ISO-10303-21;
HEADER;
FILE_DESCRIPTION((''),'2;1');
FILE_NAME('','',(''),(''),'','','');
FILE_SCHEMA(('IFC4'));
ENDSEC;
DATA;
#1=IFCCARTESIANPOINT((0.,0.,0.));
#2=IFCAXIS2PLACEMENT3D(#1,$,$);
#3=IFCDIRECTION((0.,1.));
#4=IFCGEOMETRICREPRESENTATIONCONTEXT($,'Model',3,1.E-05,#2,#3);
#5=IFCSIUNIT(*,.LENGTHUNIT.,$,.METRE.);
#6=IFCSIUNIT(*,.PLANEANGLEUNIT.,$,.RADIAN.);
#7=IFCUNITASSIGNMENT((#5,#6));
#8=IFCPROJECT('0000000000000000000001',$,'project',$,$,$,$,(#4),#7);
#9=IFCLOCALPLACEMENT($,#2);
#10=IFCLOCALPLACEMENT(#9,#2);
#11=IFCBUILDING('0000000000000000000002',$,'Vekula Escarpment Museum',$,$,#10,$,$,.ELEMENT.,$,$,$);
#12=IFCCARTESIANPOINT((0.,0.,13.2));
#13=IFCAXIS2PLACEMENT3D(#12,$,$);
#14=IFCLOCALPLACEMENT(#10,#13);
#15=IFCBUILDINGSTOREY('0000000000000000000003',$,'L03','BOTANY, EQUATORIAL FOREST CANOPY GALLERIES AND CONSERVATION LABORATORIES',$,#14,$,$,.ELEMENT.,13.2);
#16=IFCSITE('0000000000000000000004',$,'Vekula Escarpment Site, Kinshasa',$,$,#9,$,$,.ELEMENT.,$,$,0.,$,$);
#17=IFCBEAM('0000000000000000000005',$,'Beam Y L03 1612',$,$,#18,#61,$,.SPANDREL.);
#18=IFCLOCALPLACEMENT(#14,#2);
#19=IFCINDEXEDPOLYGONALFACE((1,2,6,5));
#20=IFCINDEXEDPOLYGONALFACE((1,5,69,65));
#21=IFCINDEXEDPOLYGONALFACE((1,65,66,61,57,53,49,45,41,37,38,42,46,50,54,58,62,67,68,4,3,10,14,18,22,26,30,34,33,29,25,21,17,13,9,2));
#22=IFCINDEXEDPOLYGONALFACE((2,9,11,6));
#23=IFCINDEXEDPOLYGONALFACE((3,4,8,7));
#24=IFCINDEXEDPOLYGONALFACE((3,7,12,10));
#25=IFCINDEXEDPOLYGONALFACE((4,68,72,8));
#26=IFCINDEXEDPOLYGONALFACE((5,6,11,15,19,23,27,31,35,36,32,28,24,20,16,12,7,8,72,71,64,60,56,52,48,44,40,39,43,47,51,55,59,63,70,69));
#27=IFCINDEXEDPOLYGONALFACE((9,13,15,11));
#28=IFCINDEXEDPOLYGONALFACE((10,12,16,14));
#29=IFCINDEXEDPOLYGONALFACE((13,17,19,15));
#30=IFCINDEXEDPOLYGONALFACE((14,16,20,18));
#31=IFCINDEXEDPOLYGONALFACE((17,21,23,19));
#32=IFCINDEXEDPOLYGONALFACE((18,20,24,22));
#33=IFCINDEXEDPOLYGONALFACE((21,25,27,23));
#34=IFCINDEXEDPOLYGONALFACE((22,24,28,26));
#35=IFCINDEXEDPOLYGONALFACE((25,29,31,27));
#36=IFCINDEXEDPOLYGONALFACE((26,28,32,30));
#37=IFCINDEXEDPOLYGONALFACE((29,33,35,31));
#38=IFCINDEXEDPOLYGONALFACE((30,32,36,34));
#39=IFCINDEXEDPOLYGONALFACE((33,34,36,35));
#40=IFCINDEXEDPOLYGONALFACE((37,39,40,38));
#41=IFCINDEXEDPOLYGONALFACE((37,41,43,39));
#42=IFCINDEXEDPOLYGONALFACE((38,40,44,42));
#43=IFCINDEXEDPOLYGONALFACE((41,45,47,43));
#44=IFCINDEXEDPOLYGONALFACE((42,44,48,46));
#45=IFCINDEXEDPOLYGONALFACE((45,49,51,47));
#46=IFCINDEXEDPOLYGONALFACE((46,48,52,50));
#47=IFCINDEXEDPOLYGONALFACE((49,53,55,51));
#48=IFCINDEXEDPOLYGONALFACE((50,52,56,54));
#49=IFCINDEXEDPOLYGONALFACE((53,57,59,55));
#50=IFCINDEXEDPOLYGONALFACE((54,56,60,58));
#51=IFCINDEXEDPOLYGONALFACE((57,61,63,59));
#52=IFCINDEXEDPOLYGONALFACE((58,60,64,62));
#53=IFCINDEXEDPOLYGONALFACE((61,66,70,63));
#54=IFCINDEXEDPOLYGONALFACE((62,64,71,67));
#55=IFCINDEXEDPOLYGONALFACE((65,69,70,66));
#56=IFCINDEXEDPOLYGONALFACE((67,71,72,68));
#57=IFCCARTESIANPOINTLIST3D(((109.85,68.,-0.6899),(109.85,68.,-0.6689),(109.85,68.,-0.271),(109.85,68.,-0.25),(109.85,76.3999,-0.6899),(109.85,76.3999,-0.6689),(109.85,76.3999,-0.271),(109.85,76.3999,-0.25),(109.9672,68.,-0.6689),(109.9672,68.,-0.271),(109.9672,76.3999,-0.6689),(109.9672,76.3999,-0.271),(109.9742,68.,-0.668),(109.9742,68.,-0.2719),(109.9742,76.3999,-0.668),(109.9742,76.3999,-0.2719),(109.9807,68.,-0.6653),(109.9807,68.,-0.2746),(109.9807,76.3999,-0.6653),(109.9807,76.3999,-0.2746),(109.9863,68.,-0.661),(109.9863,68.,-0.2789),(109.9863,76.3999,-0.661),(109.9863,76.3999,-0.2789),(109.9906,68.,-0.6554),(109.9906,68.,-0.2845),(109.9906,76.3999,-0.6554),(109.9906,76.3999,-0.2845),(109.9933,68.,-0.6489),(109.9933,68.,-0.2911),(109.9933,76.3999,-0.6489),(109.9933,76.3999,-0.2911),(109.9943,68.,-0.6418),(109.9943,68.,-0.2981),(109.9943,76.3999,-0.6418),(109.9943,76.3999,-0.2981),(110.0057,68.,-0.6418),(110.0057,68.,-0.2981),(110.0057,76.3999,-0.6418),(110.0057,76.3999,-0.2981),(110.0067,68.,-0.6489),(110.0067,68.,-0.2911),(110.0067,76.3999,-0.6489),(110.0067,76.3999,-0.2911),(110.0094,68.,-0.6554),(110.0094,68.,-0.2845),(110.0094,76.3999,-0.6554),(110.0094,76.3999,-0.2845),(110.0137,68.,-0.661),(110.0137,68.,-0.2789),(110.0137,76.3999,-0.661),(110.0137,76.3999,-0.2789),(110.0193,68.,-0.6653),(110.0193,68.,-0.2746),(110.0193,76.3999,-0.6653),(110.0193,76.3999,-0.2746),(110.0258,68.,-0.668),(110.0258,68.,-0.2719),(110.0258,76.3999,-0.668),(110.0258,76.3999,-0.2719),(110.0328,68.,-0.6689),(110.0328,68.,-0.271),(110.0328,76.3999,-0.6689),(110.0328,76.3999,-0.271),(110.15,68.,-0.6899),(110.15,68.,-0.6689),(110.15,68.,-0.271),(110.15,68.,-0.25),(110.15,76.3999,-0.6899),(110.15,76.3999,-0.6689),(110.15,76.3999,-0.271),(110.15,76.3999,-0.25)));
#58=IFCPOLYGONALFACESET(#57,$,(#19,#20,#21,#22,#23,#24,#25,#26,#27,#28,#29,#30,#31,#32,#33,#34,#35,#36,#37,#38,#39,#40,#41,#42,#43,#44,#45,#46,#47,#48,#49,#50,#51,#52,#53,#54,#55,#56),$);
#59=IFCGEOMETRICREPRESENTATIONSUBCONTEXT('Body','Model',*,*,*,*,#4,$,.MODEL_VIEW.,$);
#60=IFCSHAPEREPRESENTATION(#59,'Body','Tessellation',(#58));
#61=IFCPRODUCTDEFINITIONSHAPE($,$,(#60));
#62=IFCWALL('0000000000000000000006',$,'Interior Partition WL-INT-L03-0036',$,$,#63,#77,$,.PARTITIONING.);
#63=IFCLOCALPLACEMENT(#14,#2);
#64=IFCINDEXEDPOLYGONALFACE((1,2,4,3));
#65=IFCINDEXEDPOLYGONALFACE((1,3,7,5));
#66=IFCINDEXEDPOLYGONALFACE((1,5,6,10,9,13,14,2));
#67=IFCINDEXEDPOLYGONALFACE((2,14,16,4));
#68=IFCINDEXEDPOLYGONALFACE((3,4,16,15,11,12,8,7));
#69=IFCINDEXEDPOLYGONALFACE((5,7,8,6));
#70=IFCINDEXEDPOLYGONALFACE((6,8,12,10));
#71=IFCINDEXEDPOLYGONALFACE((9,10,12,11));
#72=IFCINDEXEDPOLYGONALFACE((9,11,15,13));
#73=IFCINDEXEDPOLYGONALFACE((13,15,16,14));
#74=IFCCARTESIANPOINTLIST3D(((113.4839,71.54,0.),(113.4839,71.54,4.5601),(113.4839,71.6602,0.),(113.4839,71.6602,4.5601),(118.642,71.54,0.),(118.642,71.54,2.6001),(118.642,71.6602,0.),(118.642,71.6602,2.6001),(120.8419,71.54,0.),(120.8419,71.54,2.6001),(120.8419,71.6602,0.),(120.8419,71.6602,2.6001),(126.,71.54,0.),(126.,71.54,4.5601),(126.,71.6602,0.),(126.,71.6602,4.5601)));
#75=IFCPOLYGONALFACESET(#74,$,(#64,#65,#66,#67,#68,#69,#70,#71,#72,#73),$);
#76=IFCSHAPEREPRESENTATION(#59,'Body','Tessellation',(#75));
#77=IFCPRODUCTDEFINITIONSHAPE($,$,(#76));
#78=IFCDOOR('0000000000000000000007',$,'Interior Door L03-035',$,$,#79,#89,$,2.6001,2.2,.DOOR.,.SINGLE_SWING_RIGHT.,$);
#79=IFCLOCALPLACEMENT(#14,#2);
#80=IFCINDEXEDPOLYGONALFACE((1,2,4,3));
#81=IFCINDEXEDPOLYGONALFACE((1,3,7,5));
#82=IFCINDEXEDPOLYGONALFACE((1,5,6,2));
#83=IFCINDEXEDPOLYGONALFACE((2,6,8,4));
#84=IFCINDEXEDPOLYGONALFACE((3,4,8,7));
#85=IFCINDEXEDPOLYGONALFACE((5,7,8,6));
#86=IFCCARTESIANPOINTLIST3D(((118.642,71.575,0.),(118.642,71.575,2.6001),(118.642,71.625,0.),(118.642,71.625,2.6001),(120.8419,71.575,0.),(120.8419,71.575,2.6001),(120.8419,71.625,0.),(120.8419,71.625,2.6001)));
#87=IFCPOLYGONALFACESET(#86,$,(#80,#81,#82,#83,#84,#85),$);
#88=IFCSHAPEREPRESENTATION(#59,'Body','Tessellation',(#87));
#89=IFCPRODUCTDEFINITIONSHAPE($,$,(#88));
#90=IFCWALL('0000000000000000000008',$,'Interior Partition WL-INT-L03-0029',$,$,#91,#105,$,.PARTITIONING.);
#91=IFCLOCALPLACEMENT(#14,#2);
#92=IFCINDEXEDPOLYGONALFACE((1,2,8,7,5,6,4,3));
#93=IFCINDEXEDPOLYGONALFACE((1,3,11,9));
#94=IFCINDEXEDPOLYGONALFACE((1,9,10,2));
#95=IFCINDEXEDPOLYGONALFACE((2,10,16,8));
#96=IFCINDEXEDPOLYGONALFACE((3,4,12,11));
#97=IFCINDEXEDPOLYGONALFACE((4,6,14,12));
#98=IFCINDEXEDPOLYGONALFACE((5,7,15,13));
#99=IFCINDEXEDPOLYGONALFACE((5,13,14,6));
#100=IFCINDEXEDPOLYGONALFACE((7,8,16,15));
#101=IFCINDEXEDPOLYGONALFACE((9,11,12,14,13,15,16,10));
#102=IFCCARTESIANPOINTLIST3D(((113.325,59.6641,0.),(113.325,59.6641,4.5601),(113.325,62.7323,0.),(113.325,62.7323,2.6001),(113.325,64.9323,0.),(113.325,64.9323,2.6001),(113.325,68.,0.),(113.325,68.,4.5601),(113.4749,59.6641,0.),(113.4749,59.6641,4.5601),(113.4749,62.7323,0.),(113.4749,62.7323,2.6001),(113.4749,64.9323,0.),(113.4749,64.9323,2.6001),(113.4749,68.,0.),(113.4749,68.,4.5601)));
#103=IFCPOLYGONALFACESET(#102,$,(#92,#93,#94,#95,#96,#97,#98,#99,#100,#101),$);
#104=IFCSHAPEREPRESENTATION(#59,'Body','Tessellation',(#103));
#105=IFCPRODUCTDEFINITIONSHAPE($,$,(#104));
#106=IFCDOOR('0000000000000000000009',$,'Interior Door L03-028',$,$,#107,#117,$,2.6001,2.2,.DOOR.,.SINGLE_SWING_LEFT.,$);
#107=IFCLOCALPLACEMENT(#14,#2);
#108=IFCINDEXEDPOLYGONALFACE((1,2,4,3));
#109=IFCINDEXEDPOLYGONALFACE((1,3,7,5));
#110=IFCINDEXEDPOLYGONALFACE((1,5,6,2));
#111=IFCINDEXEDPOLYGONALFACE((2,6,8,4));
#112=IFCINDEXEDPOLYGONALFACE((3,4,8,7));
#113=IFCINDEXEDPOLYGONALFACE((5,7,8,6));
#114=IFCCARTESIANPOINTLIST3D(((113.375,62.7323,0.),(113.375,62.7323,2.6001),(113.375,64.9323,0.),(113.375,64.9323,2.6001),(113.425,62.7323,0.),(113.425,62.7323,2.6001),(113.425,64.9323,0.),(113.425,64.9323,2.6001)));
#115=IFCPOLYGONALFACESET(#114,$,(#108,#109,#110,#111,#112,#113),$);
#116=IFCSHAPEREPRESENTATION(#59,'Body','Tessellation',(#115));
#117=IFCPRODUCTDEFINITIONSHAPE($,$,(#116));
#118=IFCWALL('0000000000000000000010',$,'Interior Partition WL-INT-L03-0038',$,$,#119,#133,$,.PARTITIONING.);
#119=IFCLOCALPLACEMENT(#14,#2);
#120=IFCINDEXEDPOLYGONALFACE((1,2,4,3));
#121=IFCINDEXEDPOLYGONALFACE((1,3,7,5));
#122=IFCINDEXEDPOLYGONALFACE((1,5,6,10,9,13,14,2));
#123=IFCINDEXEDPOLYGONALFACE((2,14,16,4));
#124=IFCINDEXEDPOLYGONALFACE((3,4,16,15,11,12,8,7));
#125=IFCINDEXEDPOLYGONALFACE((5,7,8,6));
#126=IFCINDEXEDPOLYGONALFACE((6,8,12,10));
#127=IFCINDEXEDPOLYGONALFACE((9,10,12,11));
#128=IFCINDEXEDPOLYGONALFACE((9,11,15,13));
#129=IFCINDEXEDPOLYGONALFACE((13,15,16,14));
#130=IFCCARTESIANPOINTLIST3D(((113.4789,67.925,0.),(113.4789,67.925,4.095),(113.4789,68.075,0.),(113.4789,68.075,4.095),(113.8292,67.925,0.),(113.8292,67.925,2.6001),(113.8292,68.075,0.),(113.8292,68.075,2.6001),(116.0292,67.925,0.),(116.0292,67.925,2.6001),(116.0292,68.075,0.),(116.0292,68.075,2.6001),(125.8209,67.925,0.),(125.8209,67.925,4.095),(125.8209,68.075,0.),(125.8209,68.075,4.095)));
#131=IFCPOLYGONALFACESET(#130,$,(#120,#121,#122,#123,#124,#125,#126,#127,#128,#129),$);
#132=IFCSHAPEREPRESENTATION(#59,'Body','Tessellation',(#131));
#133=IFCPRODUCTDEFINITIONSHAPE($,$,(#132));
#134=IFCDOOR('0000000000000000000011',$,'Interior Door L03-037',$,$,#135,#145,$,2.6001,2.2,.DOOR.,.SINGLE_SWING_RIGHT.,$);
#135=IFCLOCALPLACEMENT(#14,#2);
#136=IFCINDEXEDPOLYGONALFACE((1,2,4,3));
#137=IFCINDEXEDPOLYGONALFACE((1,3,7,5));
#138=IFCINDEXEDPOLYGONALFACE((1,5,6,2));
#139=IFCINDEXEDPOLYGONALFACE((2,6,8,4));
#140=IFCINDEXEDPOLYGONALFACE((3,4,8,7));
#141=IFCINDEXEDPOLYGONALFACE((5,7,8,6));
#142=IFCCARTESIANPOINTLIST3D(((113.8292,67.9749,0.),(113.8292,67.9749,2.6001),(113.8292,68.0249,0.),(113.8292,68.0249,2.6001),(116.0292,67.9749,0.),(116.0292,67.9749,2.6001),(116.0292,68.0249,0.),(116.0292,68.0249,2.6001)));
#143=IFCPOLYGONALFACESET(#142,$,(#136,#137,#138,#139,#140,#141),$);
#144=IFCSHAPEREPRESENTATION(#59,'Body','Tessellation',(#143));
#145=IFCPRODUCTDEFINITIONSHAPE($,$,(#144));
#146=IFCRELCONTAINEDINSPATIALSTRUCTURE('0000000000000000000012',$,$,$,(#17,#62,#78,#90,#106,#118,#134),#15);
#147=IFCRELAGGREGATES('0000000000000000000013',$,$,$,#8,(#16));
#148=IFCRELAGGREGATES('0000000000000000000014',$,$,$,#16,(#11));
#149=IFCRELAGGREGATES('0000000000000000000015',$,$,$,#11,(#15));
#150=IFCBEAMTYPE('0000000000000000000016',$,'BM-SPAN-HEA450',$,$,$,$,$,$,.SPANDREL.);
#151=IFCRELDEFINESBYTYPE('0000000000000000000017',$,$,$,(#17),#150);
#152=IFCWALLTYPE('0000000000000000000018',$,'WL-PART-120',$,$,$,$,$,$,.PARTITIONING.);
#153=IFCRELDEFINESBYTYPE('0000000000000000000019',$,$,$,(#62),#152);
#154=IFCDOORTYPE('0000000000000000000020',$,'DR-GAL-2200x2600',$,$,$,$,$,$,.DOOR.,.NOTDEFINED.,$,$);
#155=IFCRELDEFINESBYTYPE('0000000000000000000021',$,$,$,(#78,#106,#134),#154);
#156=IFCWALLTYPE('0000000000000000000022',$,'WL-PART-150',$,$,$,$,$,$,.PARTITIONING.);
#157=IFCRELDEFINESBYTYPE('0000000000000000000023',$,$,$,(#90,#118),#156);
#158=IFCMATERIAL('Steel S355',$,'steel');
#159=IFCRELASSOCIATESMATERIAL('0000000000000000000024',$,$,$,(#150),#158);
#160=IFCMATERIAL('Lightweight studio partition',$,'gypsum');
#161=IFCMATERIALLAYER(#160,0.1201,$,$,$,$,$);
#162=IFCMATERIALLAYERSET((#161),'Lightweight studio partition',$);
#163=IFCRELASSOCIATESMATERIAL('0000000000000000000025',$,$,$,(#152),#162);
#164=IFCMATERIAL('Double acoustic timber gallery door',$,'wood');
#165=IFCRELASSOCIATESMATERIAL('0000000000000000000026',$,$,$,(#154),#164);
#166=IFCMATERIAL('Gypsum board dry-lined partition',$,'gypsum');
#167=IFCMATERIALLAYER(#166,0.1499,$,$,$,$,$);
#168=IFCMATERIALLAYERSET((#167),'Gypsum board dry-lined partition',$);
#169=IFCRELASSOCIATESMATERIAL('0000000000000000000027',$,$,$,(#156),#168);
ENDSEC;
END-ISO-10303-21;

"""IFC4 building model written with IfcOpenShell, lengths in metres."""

from ifc_helpers import new_model, si_unit, direction, frame, frame_2d, origin, origin_2d, place, context, subcontext, project, spatial, rectangle, i_section, extrude, material, layer, layer_set, material_profile, profile_set, type_object, element, fill, save


model = new_model("IFC4")

# Units and contexts
model_context = context("Model", 3, precision=1e-05, world=origin(), true_north=direction((0.0, 1.0)))
body_context = subcontext(model_context, "Body", "Model", "MODEL_VIEW")
ifc_project = project(units=[si_unit("LENGTHUNIT", "METRE"), si_unit("PLANEANGLEUNIT", "RADIAN")], contexts=[model_context])

# Site, building, storey
site_placement = place(None, origin())
site = spatial("IfcSite", under=ifc_project, at=site_placement, Name="Vekula Escarpment Site, Kinshasa", CompositionType="ELEMENT", RefElevation=0.0)
building_placement = place(site_placement, origin())
building = spatial("IfcBuilding", under=site, at=building_placement, Name="Vekula Escarpment Museum", CompositionType="ELEMENT")
storey_placement = place(building_placement, frame((0.0, 0.0, 13.2)))
storey = spatial("IfcBuildingStorey", under=building, at=storey_placement, Name="L03", Description="BOTANY, EQUATORIAL FOREST CANOPY GALLERIES AND CONSERVATION LABORATORIES", CompositionType="ELEMENT", Elevation=13.2)

# Beam
ifc_material_1 = material(Name="Steel S355", Category="steel")
ifc_material_profile_1 = material_profile(ifc_material_1, i_section(OverallWidth=0.3, OverallDepth=0.4399, WebThickness=0.0115, FlangeThickness=0.021, FilletRadius=0.0271, at=origin_2d()), Name="HEA 450")
ifc_profile_set_1 = profile_set([ifc_material_profile_1], Name="Steel S355")
beam_type_1 = type_object("IfcBeamType", Name="BM-SPAN-HEA450", PredefinedType="SPANDREL", material=ifc_profile_set_1)
beam_1_placement = place(storey_placement, frame((110.0, 68.0, -0.47), z_axis=(0.0, 1.0, 0.0), x_axis=(-1.0, 0.0, 0.0)))
element("IfcBeam", 1, at=beam_1_placement, inside=storey, type_object=beam_type_1, Name="Beam Y L03 1612", PredefinedType="SPANDREL", context=body_context, shape_type="SweptSolid", body=[
    extrude(i_section(OverallWidth=0.3, OverallDepth=0.4399, WebThickness=0.0115, FlangeThickness=0.021, FilletRadius=0.0271, at=origin_2d()), origin(), (0.0, 0.0, 1.0), 8.3999),
])

# Walls, openings, doors
ifc_material_2 = material(Name="Lightweight studio partition", Category="gypsum")
ifc_layer_1 = layer(ifc_material_2, 0.1201)
ifc_layer_set_1 = layer_set([ifc_layer_1], Name="Lightweight studio partition")
wall_type_1 = type_object("IfcWallType", Name="WL-PART-120", PredefinedType="PARTITIONING", material=ifc_layer_set_1)
wall_1_placement = place(storey_placement, frame((113.4839, 71.6001, 0.0), z_axis=(0.0, 0.0, 1.0), x_axis=(1.0, 0.0, 0.0)))
wall_1 = element("IfcWall", 2, at=wall_1_placement, inside=storey, type_object=wall_type_1, Name="Interior Partition WL-INT-L03-0036", PredefinedType="PARTITIONING", context=body_context, shape_type="SweptSolid", body=[
    extrude(rectangle(XDim=12.5161, YDim=0.1201, at=frame_2d((6.2581, 0.0))), origin(), (0.0, 0.0, 1.0), 4.5601),
])
opening_1_placement = place(wall_1_placement, frame((5.158, 0.0, 0.0)))
opening_1 = element("IfcOpeningElement", 3, at=opening_1_placement, cuts=wall_1, PredefinedType="OPENING", context=body_context, shape_type="SweptSolid", body=[
    extrude(rectangle(XDim=2.2, YDim=2.6001, at=frame_2d((1.1001, 1.3))), frame((0.0, 0.0701, 0.0), z_axis=(0.0, -1.0, 0.0), x_axis=(1.0, 0.0, 0.0)), (0.0, 0.0, 1.0), 0.1401),
])
ifc_material_3 = material(Name="Double acoustic timber gallery door", Category="wood")
door_type_1 = type_object("IfcDoorType", Name="DR-GAL-2200x2600", OperationType="NOTDEFINED", PredefinedType="DOOR", material=ifc_material_3)
door_1_placement = place(opening_1_placement, origin())
door_1 = element("IfcDoor", 4, at=door_1_placement, inside=storey, type_object=door_type_1, Name="Interior Door L03-035", OperationType="SINGLE_SWING_RIGHT", OverallHeight=2.6001, OverallWidth=2.2, PredefinedType="DOOR", context=body_context, shape_type="SweptSolid", body=[
    extrude(rectangle(XDim=2.2, YDim=2.6001, at=frame_2d((1.1001, 1.3))), frame((0.0, 0.0249, 0.0), z_axis=(0.0, -1.0, 0.0), x_axis=(1.0, 0.0, 0.0)), (0.0, 0.0, 1.0), 0.05),
])
fill(opening_1, door_1)
ifc_material_4 = material(Name="Gypsum board dry-lined partition", Category="gypsum")
ifc_layer_2 = layer(ifc_material_4, 0.1499)
ifc_layer_set_2 = layer_set([ifc_layer_2], Name="Gypsum board dry-lined partition")
wall_type_2 = type_object("IfcWallType", Name="WL-PART-150", PredefinedType="PARTITIONING", material=ifc_layer_set_2)
wall_2_placement = place(storey_placement, frame((113.3999, 59.6641, 0.0), z_axis=(0.0, 0.0, 1.0), x_axis=(0.0, 1.0, 0.0)))
wall_2 = element("IfcWall", 5, at=wall_2_placement, inside=storey, type_object=wall_type_2, Name="Interior Partition WL-INT-L03-0029", PredefinedType="PARTITIONING", context=body_context, shape_type="SweptSolid", body=[
    extrude(rectangle(XDim=8.3359, YDim=0.1499, at=frame_2d((4.168, 0.0))), origin(), (0.0, 0.0, 1.0), 4.5601),
])
opening_2_placement = place(wall_2_placement, frame((3.0681, 0.0, 0.0)))
opening_2 = element("IfcOpeningElement", 6, at=opening_2_placement, cuts=wall_2, PredefinedType="OPENING", context=body_context, shape_type="SweptSolid", body=[
    extrude(rectangle(XDim=2.2, YDim=2.6001, at=frame_2d((1.1001, 1.3))), frame((0.0, 0.085, 0.0), z_axis=(0.0, -1.0, 0.0), x_axis=(1.0, 0.0, 0.0)), (0.0, 0.0, 1.0), 0.1699),
])
door_2_placement = place(opening_2_placement, origin())
door_2 = element("IfcDoor", 7, at=door_2_placement, inside=storey, type_object=door_type_1, Name="Interior Door L03-028", OperationType="SINGLE_SWING_LEFT", OverallHeight=2.6001, OverallWidth=2.2, PredefinedType="DOOR", context=body_context, shape_type="SweptSolid", body=[
    extrude(rectangle(XDim=2.2, YDim=2.6001, at=frame_2d((1.1001, 1.3))), frame((0.0, 0.0249, 0.0), z_axis=(0.0, -1.0, 0.0), x_axis=(1.0, 0.0, 0.0)), (0.0, 0.0, 1.0), 0.05),
])
fill(opening_2, door_2)
wall_3_placement = place(storey_placement, frame((113.479, 68.0, 0.0), z_axis=(0.0, 0.0, 1.0), x_axis=(1.0, 0.0, 0.0)))
wall_3 = element("IfcWall", 8, at=wall_3_placement, inside=storey, type_object=wall_type_2, Name="Interior Partition WL-INT-L03-0038", PredefinedType="PARTITIONING", context=body_context, shape_type="SweptSolid", body=[
    extrude(rectangle(XDim=12.342, YDim=0.1499, at=frame_2d((6.1709, 0.0))), origin(), (0.0, 0.0, 1.0), 4.095),
])
opening_3_placement = place(wall_3_placement, frame((0.3501, 0.0, 0.0)))
opening_3 = element("IfcOpeningElement", 9, at=opening_3_placement, cuts=wall_3, PredefinedType="OPENING", context=body_context, shape_type="SweptSolid", body=[
    extrude(rectangle(XDim=2.2, YDim=2.6001, at=frame_2d((1.1001, 1.3))), frame((0.0, 0.085, 0.0), z_axis=(0.0, -1.0, 0.0), x_axis=(1.0, 0.0, 0.0)), (0.0, 0.0, 1.0), 0.1699),
])
door_3_placement = place(opening_3_placement, origin())
door_3 = element("IfcDoor", 10, at=door_3_placement, inside=storey, type_object=door_type_1, Name="Interior Door L03-037", OperationType="SINGLE_SWING_RIGHT", OverallHeight=2.6001, OverallWidth=2.2, PredefinedType="DOOR", context=body_context, shape_type="SweptSolid", body=[
    extrude(rectangle(XDim=2.2, YDim=2.6001, at=frame_2d((1.1001, 1.3))), frame((0.0, 0.0249, 0.0), z_axis=(0.0, -1.0, 0.0), x_axis=(1.0, 0.0, 0.0)), (0.0, 0.0, 1.0), 0.05),
])
fill(opening_3, door_3)

save(model, "model.ifc")
